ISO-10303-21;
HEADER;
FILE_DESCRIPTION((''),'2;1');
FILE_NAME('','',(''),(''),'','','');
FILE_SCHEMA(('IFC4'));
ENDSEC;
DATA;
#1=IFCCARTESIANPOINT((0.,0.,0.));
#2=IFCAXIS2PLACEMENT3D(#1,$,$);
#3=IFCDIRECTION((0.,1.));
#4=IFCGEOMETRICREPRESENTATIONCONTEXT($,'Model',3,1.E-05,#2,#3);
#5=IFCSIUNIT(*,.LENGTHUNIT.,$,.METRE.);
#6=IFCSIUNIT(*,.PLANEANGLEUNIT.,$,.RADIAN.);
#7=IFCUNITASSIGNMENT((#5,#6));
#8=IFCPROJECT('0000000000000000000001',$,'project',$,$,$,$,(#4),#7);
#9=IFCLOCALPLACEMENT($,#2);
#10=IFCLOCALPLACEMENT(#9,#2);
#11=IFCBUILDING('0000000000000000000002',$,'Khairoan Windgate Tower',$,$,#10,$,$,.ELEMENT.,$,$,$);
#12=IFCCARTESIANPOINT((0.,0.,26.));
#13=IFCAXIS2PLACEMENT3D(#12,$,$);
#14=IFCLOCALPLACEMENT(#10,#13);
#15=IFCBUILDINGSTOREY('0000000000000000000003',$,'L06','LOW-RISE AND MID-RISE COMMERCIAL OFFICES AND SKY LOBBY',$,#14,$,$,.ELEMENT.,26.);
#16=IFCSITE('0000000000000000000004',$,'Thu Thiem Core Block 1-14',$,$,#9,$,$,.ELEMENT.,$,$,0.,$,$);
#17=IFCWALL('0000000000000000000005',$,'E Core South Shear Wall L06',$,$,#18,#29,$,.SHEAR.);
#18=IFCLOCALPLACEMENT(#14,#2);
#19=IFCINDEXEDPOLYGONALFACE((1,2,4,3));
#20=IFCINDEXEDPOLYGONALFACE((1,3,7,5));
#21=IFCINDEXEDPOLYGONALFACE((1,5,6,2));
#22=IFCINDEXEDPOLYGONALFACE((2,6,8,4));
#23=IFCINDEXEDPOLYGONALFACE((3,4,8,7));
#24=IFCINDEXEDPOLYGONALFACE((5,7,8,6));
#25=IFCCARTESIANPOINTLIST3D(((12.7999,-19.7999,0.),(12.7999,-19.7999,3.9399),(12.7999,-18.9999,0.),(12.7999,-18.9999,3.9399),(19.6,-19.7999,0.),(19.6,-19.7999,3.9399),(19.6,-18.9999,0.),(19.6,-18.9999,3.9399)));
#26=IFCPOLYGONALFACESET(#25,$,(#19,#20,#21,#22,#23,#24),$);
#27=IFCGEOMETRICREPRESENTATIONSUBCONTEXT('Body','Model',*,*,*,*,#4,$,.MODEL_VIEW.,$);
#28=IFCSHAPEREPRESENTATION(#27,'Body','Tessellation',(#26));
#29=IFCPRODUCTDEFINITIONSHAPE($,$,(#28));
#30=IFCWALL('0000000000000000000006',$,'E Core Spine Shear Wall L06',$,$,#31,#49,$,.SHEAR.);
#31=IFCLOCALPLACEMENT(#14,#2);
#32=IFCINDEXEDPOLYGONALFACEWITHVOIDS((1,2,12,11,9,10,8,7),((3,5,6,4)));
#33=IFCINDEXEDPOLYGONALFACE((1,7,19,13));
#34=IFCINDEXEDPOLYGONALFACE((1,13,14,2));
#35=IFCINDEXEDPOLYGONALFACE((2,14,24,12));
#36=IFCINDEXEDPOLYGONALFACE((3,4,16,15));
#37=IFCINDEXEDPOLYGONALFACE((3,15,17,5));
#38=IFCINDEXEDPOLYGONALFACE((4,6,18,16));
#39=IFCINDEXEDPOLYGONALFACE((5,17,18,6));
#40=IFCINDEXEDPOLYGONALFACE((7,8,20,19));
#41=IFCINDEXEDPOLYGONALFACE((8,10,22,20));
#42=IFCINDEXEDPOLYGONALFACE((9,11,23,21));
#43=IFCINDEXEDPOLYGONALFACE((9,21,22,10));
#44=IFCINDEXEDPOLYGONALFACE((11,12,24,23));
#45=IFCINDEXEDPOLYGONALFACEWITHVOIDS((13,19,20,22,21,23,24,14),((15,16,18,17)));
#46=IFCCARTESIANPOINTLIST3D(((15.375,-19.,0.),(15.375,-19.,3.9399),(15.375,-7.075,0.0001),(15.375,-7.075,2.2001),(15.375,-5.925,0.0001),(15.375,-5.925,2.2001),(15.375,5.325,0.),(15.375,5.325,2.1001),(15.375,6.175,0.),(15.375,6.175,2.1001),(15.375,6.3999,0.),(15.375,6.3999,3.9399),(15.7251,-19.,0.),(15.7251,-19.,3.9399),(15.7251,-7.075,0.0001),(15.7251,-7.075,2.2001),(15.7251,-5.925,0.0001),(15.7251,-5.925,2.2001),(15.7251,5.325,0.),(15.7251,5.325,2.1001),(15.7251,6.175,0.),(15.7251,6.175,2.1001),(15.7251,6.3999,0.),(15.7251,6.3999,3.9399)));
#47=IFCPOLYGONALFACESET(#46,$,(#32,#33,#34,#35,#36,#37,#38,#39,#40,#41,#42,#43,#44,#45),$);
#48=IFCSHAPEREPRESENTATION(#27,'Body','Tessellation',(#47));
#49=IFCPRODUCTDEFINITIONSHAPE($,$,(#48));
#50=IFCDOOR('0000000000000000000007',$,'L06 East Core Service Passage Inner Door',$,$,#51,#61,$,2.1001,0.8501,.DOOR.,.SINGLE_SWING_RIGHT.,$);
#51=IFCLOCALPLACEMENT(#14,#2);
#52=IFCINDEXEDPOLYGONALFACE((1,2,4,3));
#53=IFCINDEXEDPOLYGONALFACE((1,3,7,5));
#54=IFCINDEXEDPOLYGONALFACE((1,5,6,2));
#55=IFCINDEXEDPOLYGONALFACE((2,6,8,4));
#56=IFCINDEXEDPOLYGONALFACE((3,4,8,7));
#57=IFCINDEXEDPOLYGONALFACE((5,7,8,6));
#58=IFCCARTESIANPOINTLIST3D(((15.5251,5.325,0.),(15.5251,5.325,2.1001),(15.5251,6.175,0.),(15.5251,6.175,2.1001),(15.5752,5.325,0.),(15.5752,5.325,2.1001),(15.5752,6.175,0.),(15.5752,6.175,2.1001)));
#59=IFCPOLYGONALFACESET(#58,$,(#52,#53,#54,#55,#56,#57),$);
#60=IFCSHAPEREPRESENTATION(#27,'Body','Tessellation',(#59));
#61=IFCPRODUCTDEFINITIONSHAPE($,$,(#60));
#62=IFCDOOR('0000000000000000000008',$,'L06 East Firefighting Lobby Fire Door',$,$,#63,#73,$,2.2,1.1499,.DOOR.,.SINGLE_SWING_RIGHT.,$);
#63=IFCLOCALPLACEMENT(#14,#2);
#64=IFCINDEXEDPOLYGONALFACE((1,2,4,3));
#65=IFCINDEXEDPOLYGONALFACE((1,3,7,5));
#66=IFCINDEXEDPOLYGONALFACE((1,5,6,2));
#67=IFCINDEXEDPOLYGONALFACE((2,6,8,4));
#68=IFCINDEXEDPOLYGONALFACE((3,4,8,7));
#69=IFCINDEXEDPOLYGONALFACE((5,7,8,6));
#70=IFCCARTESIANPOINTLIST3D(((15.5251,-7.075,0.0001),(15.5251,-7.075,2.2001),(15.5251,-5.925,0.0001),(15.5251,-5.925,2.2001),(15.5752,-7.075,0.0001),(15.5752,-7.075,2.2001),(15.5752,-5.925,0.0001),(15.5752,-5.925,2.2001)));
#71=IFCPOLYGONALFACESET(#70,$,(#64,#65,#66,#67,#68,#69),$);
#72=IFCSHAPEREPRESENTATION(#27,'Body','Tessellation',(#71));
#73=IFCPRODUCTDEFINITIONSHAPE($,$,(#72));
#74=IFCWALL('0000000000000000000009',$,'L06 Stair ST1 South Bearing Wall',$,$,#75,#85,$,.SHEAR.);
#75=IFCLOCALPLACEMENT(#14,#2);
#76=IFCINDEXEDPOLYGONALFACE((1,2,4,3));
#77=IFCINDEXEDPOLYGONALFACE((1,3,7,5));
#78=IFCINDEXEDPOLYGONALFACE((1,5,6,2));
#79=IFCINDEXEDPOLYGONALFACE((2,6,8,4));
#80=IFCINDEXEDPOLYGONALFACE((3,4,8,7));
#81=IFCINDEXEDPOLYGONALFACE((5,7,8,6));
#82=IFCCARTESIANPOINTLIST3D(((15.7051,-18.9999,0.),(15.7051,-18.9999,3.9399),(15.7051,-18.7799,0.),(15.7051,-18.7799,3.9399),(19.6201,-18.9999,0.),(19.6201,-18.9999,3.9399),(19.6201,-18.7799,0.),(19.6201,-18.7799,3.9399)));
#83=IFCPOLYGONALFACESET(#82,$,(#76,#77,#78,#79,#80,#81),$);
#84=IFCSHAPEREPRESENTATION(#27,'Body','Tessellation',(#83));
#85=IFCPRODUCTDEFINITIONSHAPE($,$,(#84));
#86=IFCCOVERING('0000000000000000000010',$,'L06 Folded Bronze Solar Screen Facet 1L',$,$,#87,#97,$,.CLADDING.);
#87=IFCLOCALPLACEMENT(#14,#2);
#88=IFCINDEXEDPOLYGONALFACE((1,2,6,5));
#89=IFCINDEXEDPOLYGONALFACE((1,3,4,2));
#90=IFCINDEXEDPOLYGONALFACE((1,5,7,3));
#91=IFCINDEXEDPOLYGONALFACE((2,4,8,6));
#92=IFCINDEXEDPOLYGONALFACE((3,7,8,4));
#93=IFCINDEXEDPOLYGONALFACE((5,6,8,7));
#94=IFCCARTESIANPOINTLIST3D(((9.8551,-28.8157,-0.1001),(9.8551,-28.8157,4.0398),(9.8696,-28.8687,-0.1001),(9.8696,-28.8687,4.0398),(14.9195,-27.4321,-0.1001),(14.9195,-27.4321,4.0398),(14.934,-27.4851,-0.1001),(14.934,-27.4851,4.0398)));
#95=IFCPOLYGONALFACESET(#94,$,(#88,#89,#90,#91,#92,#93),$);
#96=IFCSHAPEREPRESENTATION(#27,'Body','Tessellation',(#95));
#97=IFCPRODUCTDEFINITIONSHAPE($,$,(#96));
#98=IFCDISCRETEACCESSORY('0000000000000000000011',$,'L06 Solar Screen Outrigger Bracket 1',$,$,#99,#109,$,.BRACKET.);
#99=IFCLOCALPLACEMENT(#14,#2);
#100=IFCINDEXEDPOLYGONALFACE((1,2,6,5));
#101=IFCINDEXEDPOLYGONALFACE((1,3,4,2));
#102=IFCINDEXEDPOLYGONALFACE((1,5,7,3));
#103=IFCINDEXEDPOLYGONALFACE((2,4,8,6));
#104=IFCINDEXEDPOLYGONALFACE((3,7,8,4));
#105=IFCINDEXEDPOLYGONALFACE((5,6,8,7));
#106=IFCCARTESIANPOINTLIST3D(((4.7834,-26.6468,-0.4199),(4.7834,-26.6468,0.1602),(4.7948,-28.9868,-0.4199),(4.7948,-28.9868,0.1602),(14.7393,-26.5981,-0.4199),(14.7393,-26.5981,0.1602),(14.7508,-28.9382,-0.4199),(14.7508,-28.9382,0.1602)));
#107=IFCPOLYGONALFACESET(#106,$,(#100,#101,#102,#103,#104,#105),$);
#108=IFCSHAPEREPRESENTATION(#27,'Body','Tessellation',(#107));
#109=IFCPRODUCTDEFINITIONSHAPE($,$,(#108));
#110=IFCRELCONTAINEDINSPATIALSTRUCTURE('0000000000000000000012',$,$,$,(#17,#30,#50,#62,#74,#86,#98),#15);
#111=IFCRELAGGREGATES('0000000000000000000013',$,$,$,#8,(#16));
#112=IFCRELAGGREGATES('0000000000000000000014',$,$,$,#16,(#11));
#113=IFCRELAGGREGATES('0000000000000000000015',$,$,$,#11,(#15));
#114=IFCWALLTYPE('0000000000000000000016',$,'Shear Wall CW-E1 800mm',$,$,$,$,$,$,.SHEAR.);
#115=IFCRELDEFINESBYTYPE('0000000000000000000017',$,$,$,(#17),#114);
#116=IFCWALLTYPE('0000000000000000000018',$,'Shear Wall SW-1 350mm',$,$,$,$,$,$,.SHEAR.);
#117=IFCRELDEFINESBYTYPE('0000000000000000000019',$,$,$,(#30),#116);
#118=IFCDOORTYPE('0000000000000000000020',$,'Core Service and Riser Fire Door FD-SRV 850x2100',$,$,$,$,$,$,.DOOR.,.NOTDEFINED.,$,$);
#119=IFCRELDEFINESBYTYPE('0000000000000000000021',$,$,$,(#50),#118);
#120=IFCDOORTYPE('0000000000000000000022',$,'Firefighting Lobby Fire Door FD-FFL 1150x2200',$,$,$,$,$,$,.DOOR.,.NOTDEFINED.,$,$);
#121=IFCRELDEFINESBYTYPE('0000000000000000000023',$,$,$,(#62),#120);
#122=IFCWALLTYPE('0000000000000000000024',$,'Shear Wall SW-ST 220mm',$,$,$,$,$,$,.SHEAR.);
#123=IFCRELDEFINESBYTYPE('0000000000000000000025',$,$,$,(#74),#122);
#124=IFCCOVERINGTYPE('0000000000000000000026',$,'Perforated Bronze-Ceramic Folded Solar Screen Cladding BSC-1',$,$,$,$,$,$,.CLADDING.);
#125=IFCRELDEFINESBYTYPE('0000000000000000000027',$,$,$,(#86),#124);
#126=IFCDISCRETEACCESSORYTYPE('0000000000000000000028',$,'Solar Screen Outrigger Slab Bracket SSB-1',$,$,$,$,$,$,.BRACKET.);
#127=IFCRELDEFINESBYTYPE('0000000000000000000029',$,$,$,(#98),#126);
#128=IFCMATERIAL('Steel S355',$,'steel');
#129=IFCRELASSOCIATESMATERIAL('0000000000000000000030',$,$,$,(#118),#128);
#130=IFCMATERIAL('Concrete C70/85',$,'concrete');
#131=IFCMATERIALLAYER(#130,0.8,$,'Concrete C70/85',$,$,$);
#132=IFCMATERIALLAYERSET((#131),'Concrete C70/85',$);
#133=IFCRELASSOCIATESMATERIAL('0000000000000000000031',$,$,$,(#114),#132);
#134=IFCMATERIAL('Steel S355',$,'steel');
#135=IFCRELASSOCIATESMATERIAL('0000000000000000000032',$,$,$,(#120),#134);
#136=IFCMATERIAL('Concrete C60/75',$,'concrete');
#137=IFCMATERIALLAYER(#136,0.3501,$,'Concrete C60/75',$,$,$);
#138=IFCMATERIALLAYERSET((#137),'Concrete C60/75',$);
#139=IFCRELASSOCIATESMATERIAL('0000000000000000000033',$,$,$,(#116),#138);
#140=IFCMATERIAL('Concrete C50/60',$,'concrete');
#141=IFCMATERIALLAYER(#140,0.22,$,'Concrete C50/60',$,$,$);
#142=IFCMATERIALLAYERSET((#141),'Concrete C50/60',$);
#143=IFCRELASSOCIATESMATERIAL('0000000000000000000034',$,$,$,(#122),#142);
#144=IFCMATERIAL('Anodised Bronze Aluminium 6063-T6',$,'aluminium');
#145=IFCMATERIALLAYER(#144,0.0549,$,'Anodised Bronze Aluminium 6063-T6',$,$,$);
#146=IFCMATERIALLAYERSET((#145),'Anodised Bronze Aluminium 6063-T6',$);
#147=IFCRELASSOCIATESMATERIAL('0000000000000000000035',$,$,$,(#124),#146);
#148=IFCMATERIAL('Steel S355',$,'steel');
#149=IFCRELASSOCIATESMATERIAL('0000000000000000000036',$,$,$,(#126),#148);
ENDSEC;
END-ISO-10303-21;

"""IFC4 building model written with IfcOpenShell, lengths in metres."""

from ifc_helpers import new_model, si_unit, direction, frame, frame_2d, origin, origin_2d, place, context, subcontext, project, spatial, rectangle, extrude, material, layer, layer_set, type_object, element, fill, save


model = new_model("IFC4")

# Units and contexts
model_context = context("Model", 3, precision=1e-05, world=origin(), true_north=direction((0.0, 1.0)))
body_context = subcontext(model_context, "Body", "Model", "MODEL_VIEW")
ifc_project = project(units=[si_unit("LENGTHUNIT", "METRE"), si_unit("PLANEANGLEUNIT", "RADIAN")], contexts=[model_context])

# Site, building, storey
site_placement = place(None, origin())
site = spatial("IfcSite", under=ifc_project, at=site_placement, Name="Thu Thiem Core Block 1-14", CompositionType="ELEMENT", RefElevation=0.0)
building_placement = place(site_placement, origin())
building = spatial("IfcBuilding", under=site, at=building_placement, Name="Khairoan Windgate Tower", CompositionType="ELEMENT")
storey_placement = place(building_placement, frame((0.0, 0.0, 26.0)))
storey = spatial("IfcBuildingStorey", under=building, at=storey_placement, Name="L06", Description="LOW-RISE AND MID-RISE COMMERCIAL OFFICES AND SKY LOBBY", CompositionType="ELEMENT", Elevation=26.0)

# Shared definitions
ifc_material_1 = material(Name="Steel S355", Category="steel")
door_type_1 = type_object("IfcDoorType", Name="Core Service and Riser Fire Door FD-SRV 850x2100", OperationType="NOTDEFINED", PredefinedType="DOOR", material=ifc_material_1)

# Shared definitions
ifc_material_2 = material(Name="Concrete C70/85", Category="concrete")
ifc_layer_1 = layer(ifc_material_2, 0.8, Name="Concrete C70/85")
ifc_layer_set_1 = layer_set([ifc_layer_1], Name="Concrete C70/85")
wall_type_1 = type_object("IfcWallType", Name="Shear Wall CW-E1 800mm", PredefinedType="SHEAR", material=ifc_layer_set_1)
ifc_material_3 = material(Name="Steel S355", Category="steel")
door_type_2 = type_object("IfcDoorType", Name="Firefighting Lobby Fire Door FD-FFL 1150x2200", OperationType="NOTDEFINED", PredefinedType="DOOR", material=ifc_material_3)

# Wall
wall_1_placement = place(storey_placement, frame((12.8, -19.3999, 0.0), z_axis=(0.0, 0.0, 1.0), x_axis=(1.0, 0.0, 0.0)))
element("IfcWall", 1, at=wall_1_placement, inside=storey, type_object=wall_type_1, Name="E Core South Shear Wall L06", PredefinedType="SHEAR", context=body_context, shape_type="SweptSolid", body=[
    extrude(rectangle(XDim=6.8, YDim=0.8, at=frame_2d((3.3999, 0.0))), origin(), (0.0, 0.0, 1.0), 3.9399),
])

# Wall, openings, doors
ifc_material_4 = material(Name="Concrete C60/75", Category="concrete")
ifc_layer_2 = layer(ifc_material_4, 0.3501, Name="Concrete C60/75")
ifc_layer_set_2 = layer_set([ifc_layer_2], Name="Concrete C60/75")
wall_type_2 = type_object("IfcWallType", Name="Shear Wall SW-1 350mm", PredefinedType="SHEAR", material=ifc_layer_set_2)
wall_2_placement = place(storey_placement, frame((15.55, -19.0, 0.0), z_axis=(0.0, 0.0, 1.0), x_axis=(0.0, 1.0, 0.0)))
wall_2 = element("IfcWall", 2, at=wall_2_placement, inside=storey, type_object=wall_type_2, Name="E Core Spine Shear Wall L06", PredefinedType="SHEAR", context=body_context, shape_type="SweptSolid", body=[
    extrude(rectangle(XDim=25.3999, YDim=0.3501, at=frame_2d((12.7, 0.0))), origin(), (0.0, 0.0, 1.0), 3.9399),
])
opening_1_placement = place(wall_2_placement, frame((11.925, 0.0, 0.0)))
opening_1 = element("IfcOpeningElement", 3, at=opening_1_placement, cuts=wall_2, PredefinedType="OPENING", context=body_context, shape_type="SweptSolid", body=[
    extrude(rectangle(XDim=1.1499, YDim=2.2, at=frame_2d((0.575, 1.1001))), frame((0.0, 0.1851, 0.0), z_axis=(0.0, -1.0, 0.0), x_axis=(1.0, 0.0, 0.0)), (0.0, 0.0, 1.0), 0.3701),
])
opening_2_placement = place(wall_2_placement, frame((24.325, 0.0, 0.0)))
opening_2 = element("IfcOpeningElement", 4, at=opening_2_placement, cuts=wall_2, PredefinedType="OPENING", context=body_context, shape_type="SweptSolid", body=[
    extrude(rectangle(XDim=0.8501, YDim=2.1001, at=frame_2d((0.425, 1.05))), frame((0.0, 0.1851, 0.0), z_axis=(0.0, -1.0, 0.0), x_axis=(1.0, 0.0, 0.0)), (0.0, 0.0, 1.0), 0.3701),
])
door_1_placement = place(opening_2_placement, origin())
door_1 = element("IfcDoor", 5, at=door_1_placement, inside=storey, type_object=door_type_1, Name="L06 East Core Service Passage Inner Door", OperationType="SINGLE_SWING_RIGHT", OverallHeight=2.1001, OverallWidth=0.8501, PredefinedType="DOOR", context=body_context, shape_type="SweptSolid", body=[
    extrude(rectangle(XDim=0.8501, YDim=2.1001, at=frame_2d((0.425, 1.05))), frame((0.0, 0.0249, 0.0), z_axis=(0.0, -1.0, 0.0), x_axis=(1.0, 0.0, 0.0)), (0.0, 0.0, 1.0), 0.05),
])
fill(opening_2, door_1)
door_2_placement = place(opening_1_placement, origin())
door_2 = element("IfcDoor", 6, at=door_2_placement, inside=storey, type_object=door_type_2, Name="L06 East Firefighting Lobby Fire Door", OperationType="SINGLE_SWING_RIGHT", OverallHeight=2.2, OverallWidth=1.1499, PredefinedType="DOOR", context=body_context, shape_type="SweptSolid", body=[
    extrude(rectangle(XDim=1.1499, YDim=2.2, at=frame_2d((0.575, 1.1001))), frame((0.0, 0.0249, 0.0), z_axis=(0.0, -1.0, 0.0), x_axis=(1.0, 0.0, 0.0)), (0.0, 0.0, 1.0), 0.05),
])
fill(opening_1, door_2)

# Wall
ifc_material_5 = material(Name="Concrete C50/60", Category="concrete")
ifc_layer_3 = layer(ifc_material_5, 0.22, Name="Concrete C50/60")
ifc_layer_set_3 = layer_set([ifc_layer_3], Name="Concrete C50/60")
wall_type_3 = type_object("IfcWallType", Name="Shear Wall SW-ST 220mm", PredefinedType="SHEAR", material=ifc_layer_set_3)
wall_3_placement = place(storey_placement, frame((15.7051, -18.8899, 0.0), z_axis=(0.0, 0.0, 1.0), x_axis=(1.0, 0.0, 0.0)))
element("IfcWall", 7, at=wall_3_placement, inside=storey, type_object=wall_type_3, Name="L06 Stair ST1 South Bearing Wall", PredefinedType="SHEAR", context=body_context, shape_type="SweptSolid", body=[
    extrude(rectangle(XDim=3.915, YDim=0.22, at=frame_2d((1.9575, 0.0))), origin(), (0.0, 0.0, 1.0), 3.9399),
])

# Covering
ifc_material_6 = material(Name="Anodised Bronze Aluminium 6063-T6", Category="aluminium")
ifc_layer_4 = layer(ifc_material_6, 0.0549, Name="Anodised Bronze Aluminium 6063-T6")
ifc_layer_set_4 = layer_set([ifc_layer_4], Name="Anodised Bronze Aluminium 6063-T6")
covering_type = type_object("IfcCoveringType", Name="Perforated Bronze-Ceramic Folded Solar Screen Cladding BSC-1", PredefinedType="CLADDING", material=ifc_layer_set_4)
covering_placement = place(storey_placement, frame((12.3945, -28.1504, -0.1001), z_axis=(0.0, 0.0, 1.0), x_axis=(-0.964649, -0.263536, 0.0)))
element("IfcCovering", 8, at=covering_placement, inside=storey, type_object=covering_type, Name="L06 Folded Bronze Solar Screen Facet 1L", PredefinedType="CLADDING", context=body_context, shape_type="SweptSolid", body=[
    extrude(rectangle(XDim=5.25, YDim=0.0549, at=origin_2d()), origin(), (0.0, 0.0, 1.0), 4.1399),
])

# Discrete accessory
ifc_material_7 = material(Name="Steel S355", Category="steel")
discrete_accessory_type = type_object("IfcDiscreteAccessoryType", Name="Solar Screen Outrigger Slab Bracket SSB-1", PredefinedType="BRACKET", material=ifc_material_7)
discrete_accessory_placement = place(storey_placement, frame((9.7671, -27.7925, -0.4199), z_axis=(0.0, 0.0, 1.0), x_axis=(-0.999988, -0.004887, 0.0)))
element("IfcDiscreteAccessory", 9, at=discrete_accessory_placement, inside=storey, type_object=discrete_accessory_type, Name="L06 Solar Screen Outrigger Bracket 1", PredefinedType="BRACKET", context=body_context, shape_type="SweptSolid", body=[
    extrude(rectangle(XDim=9.9561, YDim=2.3401, at=origin_2d()), origin(), (0.0, 0.0, 1.0), 0.5801),
])

save(model, "model.ifc")
